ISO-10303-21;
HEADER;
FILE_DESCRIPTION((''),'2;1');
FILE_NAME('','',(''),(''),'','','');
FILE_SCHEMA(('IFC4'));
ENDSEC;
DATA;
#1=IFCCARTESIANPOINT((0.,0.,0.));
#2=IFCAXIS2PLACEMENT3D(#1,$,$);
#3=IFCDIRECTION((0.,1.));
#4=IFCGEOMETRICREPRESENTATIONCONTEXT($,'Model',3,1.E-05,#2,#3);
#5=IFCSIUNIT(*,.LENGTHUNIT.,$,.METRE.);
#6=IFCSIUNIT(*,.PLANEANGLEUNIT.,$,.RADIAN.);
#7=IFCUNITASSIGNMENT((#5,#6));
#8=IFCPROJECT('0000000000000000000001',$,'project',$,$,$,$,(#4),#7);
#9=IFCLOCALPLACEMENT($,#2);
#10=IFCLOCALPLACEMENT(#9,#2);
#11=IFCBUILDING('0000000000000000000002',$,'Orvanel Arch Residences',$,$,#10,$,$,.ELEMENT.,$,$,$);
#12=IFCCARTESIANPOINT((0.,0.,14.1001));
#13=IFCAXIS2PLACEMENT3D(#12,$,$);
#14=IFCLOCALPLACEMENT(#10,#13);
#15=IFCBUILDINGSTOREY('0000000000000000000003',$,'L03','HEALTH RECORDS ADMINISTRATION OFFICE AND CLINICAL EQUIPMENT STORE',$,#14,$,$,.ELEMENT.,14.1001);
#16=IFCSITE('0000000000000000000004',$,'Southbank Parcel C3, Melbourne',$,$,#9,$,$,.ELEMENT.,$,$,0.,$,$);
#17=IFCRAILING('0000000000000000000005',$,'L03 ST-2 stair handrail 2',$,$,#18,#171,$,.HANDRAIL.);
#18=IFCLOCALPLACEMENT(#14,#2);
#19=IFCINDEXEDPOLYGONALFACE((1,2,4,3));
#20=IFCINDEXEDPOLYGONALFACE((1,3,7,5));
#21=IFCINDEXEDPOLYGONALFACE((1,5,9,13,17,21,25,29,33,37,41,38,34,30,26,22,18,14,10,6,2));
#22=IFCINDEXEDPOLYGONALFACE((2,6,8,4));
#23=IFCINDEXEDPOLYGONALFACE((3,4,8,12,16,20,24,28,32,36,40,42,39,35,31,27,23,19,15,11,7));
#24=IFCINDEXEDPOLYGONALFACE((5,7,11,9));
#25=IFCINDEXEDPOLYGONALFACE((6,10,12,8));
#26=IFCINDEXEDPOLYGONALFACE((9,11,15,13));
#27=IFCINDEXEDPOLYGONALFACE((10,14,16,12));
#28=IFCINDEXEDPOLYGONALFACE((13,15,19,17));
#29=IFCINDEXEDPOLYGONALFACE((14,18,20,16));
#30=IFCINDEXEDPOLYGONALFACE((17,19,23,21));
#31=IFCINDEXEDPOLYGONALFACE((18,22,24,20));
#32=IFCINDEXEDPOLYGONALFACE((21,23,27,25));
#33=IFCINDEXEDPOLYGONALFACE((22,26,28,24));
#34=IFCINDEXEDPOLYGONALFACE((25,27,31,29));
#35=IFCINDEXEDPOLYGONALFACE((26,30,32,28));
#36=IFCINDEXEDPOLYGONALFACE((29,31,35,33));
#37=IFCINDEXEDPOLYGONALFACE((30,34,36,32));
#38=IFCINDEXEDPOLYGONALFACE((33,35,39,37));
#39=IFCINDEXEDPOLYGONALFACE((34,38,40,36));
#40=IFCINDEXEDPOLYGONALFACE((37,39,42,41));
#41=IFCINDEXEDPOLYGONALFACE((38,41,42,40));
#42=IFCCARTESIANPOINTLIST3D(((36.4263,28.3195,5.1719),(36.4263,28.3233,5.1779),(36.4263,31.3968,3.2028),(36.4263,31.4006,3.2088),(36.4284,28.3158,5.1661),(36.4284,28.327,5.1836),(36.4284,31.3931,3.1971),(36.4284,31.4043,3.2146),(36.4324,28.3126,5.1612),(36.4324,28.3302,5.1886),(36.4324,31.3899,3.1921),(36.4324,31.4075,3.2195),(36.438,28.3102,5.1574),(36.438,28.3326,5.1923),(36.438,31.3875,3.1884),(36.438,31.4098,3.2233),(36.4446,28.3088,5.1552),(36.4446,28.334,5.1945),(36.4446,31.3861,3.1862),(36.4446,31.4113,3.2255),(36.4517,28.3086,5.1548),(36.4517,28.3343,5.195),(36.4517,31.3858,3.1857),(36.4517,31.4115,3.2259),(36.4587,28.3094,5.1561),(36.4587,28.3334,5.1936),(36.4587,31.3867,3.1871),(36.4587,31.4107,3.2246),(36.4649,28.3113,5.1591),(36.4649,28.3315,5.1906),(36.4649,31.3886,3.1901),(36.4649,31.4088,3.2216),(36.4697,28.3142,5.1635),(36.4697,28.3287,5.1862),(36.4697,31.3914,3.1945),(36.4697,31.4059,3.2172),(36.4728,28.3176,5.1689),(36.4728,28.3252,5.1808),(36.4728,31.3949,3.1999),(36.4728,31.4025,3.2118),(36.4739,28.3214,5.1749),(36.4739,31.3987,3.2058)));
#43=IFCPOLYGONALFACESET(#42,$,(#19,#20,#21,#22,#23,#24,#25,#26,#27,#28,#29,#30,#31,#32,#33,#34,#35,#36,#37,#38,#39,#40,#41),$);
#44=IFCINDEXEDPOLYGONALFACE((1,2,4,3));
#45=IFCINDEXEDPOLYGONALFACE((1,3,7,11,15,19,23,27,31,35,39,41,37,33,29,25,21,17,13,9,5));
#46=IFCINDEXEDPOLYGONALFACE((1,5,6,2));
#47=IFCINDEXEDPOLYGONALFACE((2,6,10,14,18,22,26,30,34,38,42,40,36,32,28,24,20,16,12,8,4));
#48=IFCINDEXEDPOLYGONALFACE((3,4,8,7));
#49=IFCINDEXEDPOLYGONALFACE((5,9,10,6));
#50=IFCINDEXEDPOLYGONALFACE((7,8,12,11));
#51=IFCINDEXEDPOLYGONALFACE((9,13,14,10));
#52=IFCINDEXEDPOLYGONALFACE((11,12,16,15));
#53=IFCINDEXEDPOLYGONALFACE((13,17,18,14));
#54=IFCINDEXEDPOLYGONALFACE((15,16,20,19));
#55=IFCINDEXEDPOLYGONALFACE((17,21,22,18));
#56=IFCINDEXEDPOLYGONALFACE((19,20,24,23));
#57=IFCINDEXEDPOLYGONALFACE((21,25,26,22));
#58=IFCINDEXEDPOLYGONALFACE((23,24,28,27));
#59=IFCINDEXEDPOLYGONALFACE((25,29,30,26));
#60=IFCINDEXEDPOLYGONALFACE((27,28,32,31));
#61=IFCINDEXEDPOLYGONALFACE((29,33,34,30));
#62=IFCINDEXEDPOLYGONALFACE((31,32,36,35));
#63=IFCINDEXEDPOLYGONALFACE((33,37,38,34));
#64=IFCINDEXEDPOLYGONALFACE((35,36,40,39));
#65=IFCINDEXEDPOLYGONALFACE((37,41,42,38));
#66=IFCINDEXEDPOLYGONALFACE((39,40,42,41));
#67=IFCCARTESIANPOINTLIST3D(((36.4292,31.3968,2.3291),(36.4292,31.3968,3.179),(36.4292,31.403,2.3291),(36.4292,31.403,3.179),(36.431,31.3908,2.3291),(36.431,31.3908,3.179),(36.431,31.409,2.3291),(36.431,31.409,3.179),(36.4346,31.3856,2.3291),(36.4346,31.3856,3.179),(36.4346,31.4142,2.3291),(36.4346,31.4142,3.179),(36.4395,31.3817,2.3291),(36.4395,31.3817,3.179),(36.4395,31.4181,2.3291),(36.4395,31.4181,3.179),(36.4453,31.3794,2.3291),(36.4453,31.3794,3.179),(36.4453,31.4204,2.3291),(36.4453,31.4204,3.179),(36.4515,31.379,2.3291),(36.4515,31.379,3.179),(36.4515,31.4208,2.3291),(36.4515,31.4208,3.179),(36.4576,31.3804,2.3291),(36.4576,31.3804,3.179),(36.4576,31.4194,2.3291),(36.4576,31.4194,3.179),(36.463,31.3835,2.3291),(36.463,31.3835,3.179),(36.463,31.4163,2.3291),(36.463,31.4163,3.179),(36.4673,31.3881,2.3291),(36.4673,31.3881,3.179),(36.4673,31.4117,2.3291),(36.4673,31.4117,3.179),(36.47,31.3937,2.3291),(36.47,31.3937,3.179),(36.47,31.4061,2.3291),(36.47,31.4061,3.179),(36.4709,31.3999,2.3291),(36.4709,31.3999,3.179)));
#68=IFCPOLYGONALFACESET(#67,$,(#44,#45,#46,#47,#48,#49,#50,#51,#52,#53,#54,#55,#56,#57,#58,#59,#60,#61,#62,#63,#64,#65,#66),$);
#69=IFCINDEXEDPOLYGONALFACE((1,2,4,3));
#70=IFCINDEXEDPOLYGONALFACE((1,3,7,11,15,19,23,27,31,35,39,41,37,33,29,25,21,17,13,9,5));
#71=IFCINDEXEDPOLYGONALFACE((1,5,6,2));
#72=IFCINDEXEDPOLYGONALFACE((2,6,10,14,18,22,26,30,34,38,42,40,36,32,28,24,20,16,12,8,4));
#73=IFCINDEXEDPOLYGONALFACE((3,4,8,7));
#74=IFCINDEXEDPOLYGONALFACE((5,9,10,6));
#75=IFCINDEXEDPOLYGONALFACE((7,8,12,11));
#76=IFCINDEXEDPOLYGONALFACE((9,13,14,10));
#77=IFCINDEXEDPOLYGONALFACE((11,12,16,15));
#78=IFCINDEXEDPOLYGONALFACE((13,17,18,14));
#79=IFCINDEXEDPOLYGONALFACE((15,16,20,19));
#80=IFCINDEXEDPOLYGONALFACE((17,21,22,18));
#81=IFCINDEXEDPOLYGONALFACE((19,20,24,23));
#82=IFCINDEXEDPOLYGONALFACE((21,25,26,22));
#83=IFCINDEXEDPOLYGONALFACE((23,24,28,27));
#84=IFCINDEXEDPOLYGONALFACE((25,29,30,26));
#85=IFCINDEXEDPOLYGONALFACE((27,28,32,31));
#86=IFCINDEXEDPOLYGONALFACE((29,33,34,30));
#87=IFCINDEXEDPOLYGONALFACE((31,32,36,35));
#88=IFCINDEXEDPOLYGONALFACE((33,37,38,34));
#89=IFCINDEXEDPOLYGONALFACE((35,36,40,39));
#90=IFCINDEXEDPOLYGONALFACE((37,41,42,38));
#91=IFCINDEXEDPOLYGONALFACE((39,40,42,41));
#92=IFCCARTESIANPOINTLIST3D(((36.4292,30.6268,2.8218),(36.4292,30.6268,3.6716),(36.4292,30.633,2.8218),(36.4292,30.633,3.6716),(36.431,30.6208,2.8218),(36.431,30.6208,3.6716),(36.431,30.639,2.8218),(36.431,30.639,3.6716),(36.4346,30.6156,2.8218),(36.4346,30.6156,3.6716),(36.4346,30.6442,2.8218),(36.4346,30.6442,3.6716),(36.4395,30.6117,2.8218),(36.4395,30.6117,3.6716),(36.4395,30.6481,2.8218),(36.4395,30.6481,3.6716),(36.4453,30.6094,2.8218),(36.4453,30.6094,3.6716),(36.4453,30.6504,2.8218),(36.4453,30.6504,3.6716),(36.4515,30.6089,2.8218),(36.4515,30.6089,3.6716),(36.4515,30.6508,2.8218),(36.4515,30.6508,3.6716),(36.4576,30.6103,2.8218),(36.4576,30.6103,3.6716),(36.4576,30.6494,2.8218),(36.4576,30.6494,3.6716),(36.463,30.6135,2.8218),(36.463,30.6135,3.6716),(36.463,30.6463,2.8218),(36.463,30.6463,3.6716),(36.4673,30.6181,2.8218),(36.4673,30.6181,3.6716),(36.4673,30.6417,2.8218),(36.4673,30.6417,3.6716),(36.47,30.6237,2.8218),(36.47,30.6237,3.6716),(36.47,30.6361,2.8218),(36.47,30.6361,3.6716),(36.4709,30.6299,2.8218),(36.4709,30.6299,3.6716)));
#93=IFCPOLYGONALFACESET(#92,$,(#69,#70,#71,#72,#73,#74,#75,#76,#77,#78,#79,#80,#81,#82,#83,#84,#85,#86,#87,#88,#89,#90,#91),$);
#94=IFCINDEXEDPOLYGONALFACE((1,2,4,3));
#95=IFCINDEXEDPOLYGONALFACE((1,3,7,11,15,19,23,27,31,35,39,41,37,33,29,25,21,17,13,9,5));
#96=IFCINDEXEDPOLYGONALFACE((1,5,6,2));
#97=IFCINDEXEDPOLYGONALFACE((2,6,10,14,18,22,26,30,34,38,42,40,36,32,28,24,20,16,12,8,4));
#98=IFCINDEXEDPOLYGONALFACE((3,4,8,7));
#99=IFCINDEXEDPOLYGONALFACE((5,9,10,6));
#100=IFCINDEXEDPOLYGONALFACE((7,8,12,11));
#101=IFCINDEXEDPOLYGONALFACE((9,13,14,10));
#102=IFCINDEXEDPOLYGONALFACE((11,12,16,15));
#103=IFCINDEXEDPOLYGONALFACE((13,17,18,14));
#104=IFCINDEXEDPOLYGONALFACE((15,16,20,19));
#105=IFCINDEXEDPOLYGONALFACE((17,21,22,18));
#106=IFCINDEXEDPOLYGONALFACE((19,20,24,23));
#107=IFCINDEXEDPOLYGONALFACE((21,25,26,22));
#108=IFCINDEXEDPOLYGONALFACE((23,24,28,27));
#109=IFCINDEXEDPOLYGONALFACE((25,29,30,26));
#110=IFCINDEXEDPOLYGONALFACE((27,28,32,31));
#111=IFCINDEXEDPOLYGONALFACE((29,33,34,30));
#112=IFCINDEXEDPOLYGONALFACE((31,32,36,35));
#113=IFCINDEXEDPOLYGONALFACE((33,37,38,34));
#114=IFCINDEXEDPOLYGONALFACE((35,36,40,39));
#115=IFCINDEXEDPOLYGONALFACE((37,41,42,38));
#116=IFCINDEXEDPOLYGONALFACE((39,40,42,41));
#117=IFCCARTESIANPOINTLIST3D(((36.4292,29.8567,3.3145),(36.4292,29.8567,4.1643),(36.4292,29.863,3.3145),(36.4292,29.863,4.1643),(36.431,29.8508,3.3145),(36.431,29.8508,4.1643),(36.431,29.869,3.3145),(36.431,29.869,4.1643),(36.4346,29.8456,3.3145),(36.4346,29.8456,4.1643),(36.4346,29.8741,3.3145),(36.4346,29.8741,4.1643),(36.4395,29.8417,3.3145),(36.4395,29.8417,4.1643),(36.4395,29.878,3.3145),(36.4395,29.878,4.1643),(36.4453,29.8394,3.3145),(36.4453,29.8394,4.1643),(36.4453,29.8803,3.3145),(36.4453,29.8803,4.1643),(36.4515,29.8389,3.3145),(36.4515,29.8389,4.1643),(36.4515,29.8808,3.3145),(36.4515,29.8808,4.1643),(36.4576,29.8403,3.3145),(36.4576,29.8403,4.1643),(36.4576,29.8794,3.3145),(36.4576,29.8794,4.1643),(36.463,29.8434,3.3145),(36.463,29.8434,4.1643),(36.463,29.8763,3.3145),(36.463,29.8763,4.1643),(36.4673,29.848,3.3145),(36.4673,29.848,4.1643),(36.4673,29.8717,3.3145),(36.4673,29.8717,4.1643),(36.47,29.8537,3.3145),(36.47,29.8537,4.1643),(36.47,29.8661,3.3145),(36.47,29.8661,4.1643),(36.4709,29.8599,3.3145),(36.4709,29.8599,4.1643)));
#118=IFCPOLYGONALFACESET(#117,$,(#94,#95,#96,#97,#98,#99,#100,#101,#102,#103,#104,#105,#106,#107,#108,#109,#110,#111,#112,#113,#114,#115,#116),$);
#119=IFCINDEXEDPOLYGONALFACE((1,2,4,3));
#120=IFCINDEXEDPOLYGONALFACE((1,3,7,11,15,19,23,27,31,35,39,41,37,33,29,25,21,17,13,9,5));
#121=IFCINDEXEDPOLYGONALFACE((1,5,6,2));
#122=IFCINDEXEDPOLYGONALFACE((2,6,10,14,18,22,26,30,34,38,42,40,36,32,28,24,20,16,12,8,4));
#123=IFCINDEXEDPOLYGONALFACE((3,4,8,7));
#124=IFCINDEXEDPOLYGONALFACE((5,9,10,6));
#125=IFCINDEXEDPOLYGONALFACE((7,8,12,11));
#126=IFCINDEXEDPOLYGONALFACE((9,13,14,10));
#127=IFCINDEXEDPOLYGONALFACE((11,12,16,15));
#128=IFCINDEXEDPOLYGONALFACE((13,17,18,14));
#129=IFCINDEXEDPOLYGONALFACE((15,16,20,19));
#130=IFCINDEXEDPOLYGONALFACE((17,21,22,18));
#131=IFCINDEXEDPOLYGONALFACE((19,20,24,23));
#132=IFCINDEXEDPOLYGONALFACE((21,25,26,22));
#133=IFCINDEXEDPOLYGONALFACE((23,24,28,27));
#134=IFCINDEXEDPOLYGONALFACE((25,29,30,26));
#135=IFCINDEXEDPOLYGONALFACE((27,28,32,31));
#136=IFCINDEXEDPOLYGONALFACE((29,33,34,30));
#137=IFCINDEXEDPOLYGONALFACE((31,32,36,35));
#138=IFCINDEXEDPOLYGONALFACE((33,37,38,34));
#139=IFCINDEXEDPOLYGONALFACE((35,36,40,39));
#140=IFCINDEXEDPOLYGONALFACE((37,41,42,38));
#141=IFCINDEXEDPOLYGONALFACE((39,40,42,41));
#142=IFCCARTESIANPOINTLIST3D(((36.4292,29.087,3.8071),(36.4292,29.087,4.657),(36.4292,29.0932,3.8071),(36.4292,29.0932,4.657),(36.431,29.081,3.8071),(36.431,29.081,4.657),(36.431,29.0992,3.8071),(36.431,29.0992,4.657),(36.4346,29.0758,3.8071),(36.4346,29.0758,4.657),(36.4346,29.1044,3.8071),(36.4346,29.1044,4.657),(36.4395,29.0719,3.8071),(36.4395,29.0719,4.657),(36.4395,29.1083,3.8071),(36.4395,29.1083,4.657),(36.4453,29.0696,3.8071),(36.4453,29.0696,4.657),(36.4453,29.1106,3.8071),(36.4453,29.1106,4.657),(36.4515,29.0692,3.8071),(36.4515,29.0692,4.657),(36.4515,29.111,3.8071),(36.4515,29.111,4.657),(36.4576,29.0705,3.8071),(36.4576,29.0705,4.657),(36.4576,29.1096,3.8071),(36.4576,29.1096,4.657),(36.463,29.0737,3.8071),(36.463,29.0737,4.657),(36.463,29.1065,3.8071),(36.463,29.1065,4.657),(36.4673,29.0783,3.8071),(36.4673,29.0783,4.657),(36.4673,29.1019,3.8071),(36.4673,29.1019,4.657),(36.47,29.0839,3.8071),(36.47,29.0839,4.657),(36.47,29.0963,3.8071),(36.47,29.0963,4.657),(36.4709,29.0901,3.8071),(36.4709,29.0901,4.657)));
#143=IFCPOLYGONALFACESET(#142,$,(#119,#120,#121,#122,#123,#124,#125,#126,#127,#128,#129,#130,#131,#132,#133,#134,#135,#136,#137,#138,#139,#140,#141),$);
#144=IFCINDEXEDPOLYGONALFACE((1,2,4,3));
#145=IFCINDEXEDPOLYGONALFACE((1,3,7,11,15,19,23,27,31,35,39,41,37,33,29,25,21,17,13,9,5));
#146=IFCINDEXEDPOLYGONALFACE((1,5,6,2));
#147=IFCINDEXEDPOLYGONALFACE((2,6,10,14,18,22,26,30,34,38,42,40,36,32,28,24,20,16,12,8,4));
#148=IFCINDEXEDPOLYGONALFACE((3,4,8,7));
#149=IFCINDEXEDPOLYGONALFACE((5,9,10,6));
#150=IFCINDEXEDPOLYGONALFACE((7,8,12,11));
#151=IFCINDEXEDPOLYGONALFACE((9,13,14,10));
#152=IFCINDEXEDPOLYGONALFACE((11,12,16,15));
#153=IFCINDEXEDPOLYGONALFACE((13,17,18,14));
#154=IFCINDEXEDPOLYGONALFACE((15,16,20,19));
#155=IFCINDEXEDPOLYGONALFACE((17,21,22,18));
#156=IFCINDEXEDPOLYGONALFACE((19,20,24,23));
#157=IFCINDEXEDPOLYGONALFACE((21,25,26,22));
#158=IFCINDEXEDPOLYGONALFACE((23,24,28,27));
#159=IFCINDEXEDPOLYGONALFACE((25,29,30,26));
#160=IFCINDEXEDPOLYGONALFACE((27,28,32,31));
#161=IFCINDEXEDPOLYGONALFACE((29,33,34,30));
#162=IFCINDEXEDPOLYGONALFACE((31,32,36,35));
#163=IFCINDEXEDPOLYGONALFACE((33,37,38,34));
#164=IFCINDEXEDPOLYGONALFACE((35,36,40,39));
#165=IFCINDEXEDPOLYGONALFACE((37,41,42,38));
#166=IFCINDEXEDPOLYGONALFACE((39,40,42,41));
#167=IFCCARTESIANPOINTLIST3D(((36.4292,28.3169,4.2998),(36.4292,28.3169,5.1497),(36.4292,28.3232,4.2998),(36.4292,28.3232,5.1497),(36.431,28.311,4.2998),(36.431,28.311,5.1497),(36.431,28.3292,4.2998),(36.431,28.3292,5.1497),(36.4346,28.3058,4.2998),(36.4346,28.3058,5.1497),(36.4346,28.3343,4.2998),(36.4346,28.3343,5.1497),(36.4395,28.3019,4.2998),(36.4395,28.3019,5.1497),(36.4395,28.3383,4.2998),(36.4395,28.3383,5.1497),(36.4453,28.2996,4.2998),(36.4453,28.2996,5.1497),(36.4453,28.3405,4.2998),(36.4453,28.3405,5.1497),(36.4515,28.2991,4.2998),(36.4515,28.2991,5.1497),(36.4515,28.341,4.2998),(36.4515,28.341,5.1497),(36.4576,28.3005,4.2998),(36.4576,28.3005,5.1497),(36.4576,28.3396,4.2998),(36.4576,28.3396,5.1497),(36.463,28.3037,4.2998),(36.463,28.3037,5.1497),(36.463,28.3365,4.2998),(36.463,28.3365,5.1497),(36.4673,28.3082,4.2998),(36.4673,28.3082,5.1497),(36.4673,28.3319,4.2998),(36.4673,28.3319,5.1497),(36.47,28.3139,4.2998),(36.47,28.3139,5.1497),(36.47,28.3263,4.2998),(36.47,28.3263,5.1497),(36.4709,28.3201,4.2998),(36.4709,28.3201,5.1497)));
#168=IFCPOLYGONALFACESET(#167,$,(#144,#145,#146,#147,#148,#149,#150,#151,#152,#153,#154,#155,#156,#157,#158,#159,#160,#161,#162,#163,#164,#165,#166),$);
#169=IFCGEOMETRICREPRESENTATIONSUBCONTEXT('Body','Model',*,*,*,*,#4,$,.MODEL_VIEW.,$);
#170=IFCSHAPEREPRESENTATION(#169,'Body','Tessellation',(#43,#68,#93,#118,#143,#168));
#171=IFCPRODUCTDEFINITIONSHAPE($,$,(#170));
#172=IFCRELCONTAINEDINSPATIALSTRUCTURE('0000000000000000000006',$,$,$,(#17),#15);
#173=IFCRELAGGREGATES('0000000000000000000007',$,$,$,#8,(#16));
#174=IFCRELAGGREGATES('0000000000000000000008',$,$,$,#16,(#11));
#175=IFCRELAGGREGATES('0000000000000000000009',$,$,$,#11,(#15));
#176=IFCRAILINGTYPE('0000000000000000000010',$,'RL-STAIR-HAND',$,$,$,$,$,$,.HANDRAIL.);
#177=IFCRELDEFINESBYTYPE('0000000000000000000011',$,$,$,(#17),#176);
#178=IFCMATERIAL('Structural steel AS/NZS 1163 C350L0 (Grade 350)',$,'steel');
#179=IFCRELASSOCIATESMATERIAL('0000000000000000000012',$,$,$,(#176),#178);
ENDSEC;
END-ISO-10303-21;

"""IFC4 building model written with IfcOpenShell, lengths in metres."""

from ifc_helpers import new_model, si_unit, direction, frame, origin, origin_2d, place, context, subcontext, project, spatial, circle, extrude, material, type_object, element, save


model = new_model("IFC4")

# Units and contexts
model_context = context("Model", 3, precision=1e-05, world=origin(), true_north=direction((0.0, 1.0)))
body_context = subcontext(model_context, "Body", "Model", "MODEL_VIEW")
ifc_project = project(units=[si_unit("LENGTHUNIT", "METRE"), si_unit("PLANEANGLEUNIT", "RADIAN")], contexts=[model_context])

# Site, building, storey
site_placement = place(None, origin())
site = spatial("IfcSite", under=ifc_project, at=site_placement, Name="Southbank Parcel C3, Melbourne", CompositionType="ELEMENT", RefElevation=0.0)
building_placement = place(site_placement, origin())
building = spatial("IfcBuilding", under=site, at=building_placement, Name="Orvanel Arch Residences", CompositionType="ELEMENT")
storey_placement = place(building_placement, frame((0.0, 0.0, 14.1001)))
storey = spatial("IfcBuildingStorey", under=building, at=storey_placement, Name="L03", Description="HEALTH RECORDS ADMINISTRATION OFFICE AND CLINICAL EQUIPMENT STORE", CompositionType="ELEMENT", Elevation=14.1001)

# Railing
ifc_material_1 = material(Name="Structural steel AS/NZS 1163 C350L0 (Grade 350)", Category="steel")
railing_type_1 = type_object("IfcRailingType", Name="RL-STAIR-HAND", PredefinedType="HANDRAIL", material=ifc_material_1)
railing_1_placement = place(storey_placement, frame((36.45, 31.3999, 2.3291)))
element("IfcRailing", 1, at=railing_1_placement, inside=storey, type_object=railing_type_1, Name="L03 ST-2 stair handrail 2", PredefinedType="HANDRAIL", context=body_context, shape_type="SweptSolid", body=[
    extrude(circle(Radius=0.0239, at=origin_2d()), frame((0.0, -0.0012, 0.8767), z_axis=(0.0, -0.84232, 0.538978), x_axis=(1.0, 0.0, 0.0)), (0.0, 0.0, 1.0), 3.6533),
    extrude(circle(Radius=0.021, at=origin_2d()), origin(), (0.0, 0.0, 1.0), 0.8499),
    extrude(circle(Radius=0.021, at=origin_2d()), frame((0.0, -0.77, 0.4927)), (0.0, 0.0, 1.0), 0.8499),
    extrude(circle(Radius=0.021, at=origin_2d()), frame((0.0, -1.54, 0.9854)), (0.0, 0.0, 1.0), 0.8499),
    extrude(circle(Radius=0.021, at=origin_2d()), frame((0.0, -2.3098, 1.478)), (0.0, 0.0, 1.0), 0.8499),
    extrude(circle(Radius=0.021, at=origin_2d()), frame((0.0, -3.0798, 1.9707)), (0.0, 0.0, 1.0), 0.8499),
])

save(model, "model.ifc")
